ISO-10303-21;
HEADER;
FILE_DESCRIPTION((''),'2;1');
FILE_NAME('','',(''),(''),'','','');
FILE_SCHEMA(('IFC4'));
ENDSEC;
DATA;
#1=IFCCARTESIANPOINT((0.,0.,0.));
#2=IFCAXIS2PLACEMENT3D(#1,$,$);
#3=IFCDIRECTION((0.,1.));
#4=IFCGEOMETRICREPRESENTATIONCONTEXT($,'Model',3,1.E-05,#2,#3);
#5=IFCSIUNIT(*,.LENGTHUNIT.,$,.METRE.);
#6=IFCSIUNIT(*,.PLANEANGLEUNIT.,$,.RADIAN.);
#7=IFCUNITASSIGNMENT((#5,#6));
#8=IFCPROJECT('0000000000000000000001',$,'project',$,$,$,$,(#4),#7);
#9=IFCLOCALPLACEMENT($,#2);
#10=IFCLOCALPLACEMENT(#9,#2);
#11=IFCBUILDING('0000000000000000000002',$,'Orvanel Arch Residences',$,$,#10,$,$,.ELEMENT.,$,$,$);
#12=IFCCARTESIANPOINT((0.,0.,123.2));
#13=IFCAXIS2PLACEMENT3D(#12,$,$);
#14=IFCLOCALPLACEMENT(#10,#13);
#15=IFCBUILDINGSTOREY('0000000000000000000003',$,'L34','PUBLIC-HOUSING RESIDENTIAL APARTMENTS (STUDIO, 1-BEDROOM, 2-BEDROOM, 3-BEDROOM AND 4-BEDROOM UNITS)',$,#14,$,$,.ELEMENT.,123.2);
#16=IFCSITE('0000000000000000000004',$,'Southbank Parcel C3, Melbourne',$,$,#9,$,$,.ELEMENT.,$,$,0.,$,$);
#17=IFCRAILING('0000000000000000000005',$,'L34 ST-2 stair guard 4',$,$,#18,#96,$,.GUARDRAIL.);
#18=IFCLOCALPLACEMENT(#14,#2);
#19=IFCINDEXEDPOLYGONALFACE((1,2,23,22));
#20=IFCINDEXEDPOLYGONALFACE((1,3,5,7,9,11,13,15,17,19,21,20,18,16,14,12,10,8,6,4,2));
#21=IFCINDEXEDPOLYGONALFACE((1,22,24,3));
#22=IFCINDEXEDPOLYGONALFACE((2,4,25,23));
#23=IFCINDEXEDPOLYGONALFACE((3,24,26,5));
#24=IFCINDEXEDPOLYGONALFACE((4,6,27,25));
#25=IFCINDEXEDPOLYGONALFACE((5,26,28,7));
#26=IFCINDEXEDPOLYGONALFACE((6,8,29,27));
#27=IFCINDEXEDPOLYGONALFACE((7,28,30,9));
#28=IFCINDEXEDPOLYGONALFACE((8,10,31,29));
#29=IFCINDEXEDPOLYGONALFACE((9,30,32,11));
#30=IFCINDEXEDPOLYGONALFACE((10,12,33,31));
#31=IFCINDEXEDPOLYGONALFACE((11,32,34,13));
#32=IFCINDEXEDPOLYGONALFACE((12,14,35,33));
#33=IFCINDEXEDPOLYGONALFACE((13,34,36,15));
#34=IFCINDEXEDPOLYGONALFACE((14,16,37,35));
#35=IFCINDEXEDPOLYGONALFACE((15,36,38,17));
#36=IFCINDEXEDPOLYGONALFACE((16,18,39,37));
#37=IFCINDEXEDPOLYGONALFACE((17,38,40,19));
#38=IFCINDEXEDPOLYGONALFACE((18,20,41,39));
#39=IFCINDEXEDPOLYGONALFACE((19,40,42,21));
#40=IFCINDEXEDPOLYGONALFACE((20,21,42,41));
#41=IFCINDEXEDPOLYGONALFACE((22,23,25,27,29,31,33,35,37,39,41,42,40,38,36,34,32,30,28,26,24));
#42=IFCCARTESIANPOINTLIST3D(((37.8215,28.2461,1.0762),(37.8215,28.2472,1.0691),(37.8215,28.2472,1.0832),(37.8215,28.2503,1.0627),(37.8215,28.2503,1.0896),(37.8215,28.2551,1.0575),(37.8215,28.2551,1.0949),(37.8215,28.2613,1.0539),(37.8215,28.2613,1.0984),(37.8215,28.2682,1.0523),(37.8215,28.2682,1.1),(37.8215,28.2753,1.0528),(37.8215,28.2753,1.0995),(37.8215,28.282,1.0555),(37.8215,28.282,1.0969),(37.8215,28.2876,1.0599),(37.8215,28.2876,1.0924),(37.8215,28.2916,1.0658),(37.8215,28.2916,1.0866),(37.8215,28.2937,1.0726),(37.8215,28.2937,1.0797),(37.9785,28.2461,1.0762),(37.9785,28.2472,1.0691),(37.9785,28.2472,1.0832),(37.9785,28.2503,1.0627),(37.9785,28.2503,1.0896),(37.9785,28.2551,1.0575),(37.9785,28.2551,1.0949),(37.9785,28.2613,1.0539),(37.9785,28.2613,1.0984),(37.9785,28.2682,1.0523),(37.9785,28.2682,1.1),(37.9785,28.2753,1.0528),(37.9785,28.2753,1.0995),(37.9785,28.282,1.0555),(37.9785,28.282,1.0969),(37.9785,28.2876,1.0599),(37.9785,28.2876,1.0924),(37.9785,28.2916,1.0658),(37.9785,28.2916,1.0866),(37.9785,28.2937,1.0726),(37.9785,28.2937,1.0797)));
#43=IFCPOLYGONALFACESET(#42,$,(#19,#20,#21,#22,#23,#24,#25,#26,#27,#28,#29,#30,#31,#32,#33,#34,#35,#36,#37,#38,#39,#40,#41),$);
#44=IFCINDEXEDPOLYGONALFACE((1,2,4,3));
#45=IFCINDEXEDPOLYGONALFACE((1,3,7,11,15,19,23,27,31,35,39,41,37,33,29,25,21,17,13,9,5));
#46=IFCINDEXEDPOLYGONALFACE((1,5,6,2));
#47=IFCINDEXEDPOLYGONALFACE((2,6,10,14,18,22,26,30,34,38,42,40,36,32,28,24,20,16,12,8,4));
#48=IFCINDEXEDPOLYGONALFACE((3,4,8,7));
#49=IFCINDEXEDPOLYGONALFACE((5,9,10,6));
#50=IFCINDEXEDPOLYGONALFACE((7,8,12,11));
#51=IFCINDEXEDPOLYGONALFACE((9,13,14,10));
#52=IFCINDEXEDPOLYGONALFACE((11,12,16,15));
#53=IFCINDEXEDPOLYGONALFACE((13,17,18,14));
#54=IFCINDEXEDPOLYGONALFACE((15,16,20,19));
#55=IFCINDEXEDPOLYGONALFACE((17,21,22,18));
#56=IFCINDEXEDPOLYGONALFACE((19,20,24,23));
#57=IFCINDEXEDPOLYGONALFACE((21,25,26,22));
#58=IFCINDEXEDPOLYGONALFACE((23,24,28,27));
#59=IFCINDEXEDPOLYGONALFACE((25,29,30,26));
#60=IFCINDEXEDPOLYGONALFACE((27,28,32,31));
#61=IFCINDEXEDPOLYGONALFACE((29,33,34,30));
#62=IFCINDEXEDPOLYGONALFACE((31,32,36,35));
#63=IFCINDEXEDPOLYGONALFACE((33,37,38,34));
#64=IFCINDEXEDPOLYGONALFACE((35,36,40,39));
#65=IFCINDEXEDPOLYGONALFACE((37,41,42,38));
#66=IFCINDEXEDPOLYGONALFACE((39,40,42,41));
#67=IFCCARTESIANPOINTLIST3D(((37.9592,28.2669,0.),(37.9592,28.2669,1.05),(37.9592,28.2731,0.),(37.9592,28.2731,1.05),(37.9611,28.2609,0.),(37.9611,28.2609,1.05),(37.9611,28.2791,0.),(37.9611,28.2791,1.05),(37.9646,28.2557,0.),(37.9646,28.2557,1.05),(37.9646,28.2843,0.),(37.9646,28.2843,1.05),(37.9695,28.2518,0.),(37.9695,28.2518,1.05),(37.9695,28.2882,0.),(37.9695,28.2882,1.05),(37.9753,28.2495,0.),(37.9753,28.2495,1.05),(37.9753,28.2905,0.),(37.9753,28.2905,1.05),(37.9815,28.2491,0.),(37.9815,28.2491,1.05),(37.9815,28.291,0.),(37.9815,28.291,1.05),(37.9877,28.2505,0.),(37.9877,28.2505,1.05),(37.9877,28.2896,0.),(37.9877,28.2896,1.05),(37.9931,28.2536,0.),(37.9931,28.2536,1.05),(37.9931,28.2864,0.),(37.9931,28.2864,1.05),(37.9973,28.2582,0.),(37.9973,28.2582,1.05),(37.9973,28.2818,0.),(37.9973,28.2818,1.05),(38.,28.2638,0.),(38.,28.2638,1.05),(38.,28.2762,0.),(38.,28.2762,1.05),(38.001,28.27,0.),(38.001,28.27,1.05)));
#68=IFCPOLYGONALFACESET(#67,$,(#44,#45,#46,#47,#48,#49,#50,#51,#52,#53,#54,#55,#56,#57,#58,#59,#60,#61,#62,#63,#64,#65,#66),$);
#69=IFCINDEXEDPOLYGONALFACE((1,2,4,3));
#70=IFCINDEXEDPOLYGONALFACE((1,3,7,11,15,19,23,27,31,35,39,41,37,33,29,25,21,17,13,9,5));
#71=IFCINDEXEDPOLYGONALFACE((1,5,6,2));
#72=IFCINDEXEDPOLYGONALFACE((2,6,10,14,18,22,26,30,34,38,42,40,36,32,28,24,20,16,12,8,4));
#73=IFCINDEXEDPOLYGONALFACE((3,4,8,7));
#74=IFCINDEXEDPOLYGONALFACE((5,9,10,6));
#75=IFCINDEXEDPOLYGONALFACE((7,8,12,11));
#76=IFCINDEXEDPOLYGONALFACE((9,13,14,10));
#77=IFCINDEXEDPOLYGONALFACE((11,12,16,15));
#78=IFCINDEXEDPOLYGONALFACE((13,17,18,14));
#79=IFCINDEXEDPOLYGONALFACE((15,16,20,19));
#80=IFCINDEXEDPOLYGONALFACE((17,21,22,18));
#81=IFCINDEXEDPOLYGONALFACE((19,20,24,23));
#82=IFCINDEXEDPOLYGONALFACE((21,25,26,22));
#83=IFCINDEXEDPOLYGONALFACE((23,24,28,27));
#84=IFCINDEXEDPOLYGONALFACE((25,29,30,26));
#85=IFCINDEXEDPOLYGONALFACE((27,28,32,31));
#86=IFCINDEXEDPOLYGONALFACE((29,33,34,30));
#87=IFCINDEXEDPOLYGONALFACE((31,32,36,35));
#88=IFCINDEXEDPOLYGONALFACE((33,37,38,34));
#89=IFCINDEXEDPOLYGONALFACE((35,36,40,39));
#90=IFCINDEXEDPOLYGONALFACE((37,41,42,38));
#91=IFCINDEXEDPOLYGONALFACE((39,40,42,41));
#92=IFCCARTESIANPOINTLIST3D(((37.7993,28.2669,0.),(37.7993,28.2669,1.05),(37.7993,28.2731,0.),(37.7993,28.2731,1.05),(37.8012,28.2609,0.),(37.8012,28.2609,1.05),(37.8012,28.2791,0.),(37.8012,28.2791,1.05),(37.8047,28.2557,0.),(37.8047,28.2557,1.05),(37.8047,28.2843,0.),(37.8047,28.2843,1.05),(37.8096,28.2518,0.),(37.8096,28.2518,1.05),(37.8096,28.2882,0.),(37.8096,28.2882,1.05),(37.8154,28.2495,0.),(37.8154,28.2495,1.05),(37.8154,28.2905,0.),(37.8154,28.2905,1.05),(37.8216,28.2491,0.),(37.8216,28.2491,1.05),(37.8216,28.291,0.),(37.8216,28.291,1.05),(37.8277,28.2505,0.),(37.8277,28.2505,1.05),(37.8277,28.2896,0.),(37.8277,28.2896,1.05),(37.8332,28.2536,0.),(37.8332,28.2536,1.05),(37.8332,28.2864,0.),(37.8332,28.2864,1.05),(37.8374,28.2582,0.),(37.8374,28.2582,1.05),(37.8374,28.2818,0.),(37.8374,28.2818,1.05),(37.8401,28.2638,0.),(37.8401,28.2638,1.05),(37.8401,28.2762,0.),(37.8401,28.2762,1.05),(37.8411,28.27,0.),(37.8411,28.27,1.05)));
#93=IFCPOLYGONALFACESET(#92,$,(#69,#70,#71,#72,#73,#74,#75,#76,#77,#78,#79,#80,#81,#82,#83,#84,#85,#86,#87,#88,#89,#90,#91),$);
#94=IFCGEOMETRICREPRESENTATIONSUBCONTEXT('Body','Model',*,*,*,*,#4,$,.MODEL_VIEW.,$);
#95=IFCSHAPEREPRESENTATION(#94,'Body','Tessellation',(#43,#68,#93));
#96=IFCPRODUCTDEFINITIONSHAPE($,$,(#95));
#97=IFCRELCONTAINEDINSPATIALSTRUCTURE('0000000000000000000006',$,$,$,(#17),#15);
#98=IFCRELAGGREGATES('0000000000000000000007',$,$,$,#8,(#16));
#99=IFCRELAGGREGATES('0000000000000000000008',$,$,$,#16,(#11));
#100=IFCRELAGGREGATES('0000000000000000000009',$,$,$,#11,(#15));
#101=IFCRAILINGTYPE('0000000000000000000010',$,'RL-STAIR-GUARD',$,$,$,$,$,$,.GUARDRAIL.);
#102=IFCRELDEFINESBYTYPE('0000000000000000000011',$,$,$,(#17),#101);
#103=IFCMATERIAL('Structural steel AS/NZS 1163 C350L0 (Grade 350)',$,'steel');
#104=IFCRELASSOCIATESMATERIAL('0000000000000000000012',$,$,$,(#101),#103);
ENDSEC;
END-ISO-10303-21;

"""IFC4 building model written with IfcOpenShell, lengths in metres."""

from ifc_helpers import new_model, si_unit, direction, frame, origin, origin_2d, place, context, subcontext, project, spatial, circle, extrude, material, type_object, element, save


model = new_model("IFC4")

# Units and contexts
model_context = context("Model", 3, precision=1e-05, world=origin(), true_north=direction((0.0, 1.0)))
body_context = subcontext(model_context, "Body", "Model", "MODEL_VIEW")
ifc_project = project(units=[si_unit("LENGTHUNIT", "METRE"), si_unit("PLANEANGLEUNIT", "RADIAN")], contexts=[model_context])

# Site, building, storey
site_placement = place(None, origin())
site = spatial("IfcSite", under=ifc_project, at=site_placement, Name="Southbank Parcel C3, Melbourne", CompositionType="ELEMENT", RefElevation=0.0)
building_placement = place(site_placement, origin())
building = spatial("IfcBuilding", under=site, at=building_placement, Name="Orvanel Arch Residences", CompositionType="ELEMENT")
storey_placement = place(building_placement, frame((0.0, 0.0, 123.2)))
storey = spatial("IfcBuildingStorey", under=building, at=storey_placement, Name="L34", Description="PUBLIC-HOUSING RESIDENTIAL APARTMENTS (STUDIO, 1-BEDROOM, 2-BEDROOM, 3-BEDROOM AND 4-BEDROOM UNITS)", CompositionType="ELEMENT", Elevation=123.2)

# Railing
ifc_material_1 = material(Name="Structural steel AS/NZS 1163 C350L0 (Grade 350)", Category="steel")
railing_type_1 = type_object("IfcRailingType", Name="RL-STAIR-GUARD", PredefinedType="GUARDRAIL", material=ifc_material_1)
railing_1_placement = place(storey_placement, frame((37.98, 28.27, 0.0)))
element("IfcRailing", 1, at=railing_1_placement, inside=storey, type_object=railing_type_1, Name="L34 ST-2 stair guard 4", PredefinedType="GUARDRAIL", context=body_context, shape_type="SweptSolid", body=[
    extrude(circle(Radius=0.0239, at=origin_2d()), frame((-0.0015, 0.0, 1.0762), z_axis=(-1.0, 0.0, 0.0), x_axis=(0.0, -1.0, 0.0)), (0.0, 0.0, 1.0), 0.157),
    extrude(circle(Radius=0.021, at=origin_2d()), origin(), (0.0, 0.0, 1.0), 1.05),
    extrude(circle(Radius=0.021, at=origin_2d()), frame((-0.1599, 0.0, 0.0)), (0.0, 0.0, 1.0), 1.05),
])

save(model, "model.ifc")
